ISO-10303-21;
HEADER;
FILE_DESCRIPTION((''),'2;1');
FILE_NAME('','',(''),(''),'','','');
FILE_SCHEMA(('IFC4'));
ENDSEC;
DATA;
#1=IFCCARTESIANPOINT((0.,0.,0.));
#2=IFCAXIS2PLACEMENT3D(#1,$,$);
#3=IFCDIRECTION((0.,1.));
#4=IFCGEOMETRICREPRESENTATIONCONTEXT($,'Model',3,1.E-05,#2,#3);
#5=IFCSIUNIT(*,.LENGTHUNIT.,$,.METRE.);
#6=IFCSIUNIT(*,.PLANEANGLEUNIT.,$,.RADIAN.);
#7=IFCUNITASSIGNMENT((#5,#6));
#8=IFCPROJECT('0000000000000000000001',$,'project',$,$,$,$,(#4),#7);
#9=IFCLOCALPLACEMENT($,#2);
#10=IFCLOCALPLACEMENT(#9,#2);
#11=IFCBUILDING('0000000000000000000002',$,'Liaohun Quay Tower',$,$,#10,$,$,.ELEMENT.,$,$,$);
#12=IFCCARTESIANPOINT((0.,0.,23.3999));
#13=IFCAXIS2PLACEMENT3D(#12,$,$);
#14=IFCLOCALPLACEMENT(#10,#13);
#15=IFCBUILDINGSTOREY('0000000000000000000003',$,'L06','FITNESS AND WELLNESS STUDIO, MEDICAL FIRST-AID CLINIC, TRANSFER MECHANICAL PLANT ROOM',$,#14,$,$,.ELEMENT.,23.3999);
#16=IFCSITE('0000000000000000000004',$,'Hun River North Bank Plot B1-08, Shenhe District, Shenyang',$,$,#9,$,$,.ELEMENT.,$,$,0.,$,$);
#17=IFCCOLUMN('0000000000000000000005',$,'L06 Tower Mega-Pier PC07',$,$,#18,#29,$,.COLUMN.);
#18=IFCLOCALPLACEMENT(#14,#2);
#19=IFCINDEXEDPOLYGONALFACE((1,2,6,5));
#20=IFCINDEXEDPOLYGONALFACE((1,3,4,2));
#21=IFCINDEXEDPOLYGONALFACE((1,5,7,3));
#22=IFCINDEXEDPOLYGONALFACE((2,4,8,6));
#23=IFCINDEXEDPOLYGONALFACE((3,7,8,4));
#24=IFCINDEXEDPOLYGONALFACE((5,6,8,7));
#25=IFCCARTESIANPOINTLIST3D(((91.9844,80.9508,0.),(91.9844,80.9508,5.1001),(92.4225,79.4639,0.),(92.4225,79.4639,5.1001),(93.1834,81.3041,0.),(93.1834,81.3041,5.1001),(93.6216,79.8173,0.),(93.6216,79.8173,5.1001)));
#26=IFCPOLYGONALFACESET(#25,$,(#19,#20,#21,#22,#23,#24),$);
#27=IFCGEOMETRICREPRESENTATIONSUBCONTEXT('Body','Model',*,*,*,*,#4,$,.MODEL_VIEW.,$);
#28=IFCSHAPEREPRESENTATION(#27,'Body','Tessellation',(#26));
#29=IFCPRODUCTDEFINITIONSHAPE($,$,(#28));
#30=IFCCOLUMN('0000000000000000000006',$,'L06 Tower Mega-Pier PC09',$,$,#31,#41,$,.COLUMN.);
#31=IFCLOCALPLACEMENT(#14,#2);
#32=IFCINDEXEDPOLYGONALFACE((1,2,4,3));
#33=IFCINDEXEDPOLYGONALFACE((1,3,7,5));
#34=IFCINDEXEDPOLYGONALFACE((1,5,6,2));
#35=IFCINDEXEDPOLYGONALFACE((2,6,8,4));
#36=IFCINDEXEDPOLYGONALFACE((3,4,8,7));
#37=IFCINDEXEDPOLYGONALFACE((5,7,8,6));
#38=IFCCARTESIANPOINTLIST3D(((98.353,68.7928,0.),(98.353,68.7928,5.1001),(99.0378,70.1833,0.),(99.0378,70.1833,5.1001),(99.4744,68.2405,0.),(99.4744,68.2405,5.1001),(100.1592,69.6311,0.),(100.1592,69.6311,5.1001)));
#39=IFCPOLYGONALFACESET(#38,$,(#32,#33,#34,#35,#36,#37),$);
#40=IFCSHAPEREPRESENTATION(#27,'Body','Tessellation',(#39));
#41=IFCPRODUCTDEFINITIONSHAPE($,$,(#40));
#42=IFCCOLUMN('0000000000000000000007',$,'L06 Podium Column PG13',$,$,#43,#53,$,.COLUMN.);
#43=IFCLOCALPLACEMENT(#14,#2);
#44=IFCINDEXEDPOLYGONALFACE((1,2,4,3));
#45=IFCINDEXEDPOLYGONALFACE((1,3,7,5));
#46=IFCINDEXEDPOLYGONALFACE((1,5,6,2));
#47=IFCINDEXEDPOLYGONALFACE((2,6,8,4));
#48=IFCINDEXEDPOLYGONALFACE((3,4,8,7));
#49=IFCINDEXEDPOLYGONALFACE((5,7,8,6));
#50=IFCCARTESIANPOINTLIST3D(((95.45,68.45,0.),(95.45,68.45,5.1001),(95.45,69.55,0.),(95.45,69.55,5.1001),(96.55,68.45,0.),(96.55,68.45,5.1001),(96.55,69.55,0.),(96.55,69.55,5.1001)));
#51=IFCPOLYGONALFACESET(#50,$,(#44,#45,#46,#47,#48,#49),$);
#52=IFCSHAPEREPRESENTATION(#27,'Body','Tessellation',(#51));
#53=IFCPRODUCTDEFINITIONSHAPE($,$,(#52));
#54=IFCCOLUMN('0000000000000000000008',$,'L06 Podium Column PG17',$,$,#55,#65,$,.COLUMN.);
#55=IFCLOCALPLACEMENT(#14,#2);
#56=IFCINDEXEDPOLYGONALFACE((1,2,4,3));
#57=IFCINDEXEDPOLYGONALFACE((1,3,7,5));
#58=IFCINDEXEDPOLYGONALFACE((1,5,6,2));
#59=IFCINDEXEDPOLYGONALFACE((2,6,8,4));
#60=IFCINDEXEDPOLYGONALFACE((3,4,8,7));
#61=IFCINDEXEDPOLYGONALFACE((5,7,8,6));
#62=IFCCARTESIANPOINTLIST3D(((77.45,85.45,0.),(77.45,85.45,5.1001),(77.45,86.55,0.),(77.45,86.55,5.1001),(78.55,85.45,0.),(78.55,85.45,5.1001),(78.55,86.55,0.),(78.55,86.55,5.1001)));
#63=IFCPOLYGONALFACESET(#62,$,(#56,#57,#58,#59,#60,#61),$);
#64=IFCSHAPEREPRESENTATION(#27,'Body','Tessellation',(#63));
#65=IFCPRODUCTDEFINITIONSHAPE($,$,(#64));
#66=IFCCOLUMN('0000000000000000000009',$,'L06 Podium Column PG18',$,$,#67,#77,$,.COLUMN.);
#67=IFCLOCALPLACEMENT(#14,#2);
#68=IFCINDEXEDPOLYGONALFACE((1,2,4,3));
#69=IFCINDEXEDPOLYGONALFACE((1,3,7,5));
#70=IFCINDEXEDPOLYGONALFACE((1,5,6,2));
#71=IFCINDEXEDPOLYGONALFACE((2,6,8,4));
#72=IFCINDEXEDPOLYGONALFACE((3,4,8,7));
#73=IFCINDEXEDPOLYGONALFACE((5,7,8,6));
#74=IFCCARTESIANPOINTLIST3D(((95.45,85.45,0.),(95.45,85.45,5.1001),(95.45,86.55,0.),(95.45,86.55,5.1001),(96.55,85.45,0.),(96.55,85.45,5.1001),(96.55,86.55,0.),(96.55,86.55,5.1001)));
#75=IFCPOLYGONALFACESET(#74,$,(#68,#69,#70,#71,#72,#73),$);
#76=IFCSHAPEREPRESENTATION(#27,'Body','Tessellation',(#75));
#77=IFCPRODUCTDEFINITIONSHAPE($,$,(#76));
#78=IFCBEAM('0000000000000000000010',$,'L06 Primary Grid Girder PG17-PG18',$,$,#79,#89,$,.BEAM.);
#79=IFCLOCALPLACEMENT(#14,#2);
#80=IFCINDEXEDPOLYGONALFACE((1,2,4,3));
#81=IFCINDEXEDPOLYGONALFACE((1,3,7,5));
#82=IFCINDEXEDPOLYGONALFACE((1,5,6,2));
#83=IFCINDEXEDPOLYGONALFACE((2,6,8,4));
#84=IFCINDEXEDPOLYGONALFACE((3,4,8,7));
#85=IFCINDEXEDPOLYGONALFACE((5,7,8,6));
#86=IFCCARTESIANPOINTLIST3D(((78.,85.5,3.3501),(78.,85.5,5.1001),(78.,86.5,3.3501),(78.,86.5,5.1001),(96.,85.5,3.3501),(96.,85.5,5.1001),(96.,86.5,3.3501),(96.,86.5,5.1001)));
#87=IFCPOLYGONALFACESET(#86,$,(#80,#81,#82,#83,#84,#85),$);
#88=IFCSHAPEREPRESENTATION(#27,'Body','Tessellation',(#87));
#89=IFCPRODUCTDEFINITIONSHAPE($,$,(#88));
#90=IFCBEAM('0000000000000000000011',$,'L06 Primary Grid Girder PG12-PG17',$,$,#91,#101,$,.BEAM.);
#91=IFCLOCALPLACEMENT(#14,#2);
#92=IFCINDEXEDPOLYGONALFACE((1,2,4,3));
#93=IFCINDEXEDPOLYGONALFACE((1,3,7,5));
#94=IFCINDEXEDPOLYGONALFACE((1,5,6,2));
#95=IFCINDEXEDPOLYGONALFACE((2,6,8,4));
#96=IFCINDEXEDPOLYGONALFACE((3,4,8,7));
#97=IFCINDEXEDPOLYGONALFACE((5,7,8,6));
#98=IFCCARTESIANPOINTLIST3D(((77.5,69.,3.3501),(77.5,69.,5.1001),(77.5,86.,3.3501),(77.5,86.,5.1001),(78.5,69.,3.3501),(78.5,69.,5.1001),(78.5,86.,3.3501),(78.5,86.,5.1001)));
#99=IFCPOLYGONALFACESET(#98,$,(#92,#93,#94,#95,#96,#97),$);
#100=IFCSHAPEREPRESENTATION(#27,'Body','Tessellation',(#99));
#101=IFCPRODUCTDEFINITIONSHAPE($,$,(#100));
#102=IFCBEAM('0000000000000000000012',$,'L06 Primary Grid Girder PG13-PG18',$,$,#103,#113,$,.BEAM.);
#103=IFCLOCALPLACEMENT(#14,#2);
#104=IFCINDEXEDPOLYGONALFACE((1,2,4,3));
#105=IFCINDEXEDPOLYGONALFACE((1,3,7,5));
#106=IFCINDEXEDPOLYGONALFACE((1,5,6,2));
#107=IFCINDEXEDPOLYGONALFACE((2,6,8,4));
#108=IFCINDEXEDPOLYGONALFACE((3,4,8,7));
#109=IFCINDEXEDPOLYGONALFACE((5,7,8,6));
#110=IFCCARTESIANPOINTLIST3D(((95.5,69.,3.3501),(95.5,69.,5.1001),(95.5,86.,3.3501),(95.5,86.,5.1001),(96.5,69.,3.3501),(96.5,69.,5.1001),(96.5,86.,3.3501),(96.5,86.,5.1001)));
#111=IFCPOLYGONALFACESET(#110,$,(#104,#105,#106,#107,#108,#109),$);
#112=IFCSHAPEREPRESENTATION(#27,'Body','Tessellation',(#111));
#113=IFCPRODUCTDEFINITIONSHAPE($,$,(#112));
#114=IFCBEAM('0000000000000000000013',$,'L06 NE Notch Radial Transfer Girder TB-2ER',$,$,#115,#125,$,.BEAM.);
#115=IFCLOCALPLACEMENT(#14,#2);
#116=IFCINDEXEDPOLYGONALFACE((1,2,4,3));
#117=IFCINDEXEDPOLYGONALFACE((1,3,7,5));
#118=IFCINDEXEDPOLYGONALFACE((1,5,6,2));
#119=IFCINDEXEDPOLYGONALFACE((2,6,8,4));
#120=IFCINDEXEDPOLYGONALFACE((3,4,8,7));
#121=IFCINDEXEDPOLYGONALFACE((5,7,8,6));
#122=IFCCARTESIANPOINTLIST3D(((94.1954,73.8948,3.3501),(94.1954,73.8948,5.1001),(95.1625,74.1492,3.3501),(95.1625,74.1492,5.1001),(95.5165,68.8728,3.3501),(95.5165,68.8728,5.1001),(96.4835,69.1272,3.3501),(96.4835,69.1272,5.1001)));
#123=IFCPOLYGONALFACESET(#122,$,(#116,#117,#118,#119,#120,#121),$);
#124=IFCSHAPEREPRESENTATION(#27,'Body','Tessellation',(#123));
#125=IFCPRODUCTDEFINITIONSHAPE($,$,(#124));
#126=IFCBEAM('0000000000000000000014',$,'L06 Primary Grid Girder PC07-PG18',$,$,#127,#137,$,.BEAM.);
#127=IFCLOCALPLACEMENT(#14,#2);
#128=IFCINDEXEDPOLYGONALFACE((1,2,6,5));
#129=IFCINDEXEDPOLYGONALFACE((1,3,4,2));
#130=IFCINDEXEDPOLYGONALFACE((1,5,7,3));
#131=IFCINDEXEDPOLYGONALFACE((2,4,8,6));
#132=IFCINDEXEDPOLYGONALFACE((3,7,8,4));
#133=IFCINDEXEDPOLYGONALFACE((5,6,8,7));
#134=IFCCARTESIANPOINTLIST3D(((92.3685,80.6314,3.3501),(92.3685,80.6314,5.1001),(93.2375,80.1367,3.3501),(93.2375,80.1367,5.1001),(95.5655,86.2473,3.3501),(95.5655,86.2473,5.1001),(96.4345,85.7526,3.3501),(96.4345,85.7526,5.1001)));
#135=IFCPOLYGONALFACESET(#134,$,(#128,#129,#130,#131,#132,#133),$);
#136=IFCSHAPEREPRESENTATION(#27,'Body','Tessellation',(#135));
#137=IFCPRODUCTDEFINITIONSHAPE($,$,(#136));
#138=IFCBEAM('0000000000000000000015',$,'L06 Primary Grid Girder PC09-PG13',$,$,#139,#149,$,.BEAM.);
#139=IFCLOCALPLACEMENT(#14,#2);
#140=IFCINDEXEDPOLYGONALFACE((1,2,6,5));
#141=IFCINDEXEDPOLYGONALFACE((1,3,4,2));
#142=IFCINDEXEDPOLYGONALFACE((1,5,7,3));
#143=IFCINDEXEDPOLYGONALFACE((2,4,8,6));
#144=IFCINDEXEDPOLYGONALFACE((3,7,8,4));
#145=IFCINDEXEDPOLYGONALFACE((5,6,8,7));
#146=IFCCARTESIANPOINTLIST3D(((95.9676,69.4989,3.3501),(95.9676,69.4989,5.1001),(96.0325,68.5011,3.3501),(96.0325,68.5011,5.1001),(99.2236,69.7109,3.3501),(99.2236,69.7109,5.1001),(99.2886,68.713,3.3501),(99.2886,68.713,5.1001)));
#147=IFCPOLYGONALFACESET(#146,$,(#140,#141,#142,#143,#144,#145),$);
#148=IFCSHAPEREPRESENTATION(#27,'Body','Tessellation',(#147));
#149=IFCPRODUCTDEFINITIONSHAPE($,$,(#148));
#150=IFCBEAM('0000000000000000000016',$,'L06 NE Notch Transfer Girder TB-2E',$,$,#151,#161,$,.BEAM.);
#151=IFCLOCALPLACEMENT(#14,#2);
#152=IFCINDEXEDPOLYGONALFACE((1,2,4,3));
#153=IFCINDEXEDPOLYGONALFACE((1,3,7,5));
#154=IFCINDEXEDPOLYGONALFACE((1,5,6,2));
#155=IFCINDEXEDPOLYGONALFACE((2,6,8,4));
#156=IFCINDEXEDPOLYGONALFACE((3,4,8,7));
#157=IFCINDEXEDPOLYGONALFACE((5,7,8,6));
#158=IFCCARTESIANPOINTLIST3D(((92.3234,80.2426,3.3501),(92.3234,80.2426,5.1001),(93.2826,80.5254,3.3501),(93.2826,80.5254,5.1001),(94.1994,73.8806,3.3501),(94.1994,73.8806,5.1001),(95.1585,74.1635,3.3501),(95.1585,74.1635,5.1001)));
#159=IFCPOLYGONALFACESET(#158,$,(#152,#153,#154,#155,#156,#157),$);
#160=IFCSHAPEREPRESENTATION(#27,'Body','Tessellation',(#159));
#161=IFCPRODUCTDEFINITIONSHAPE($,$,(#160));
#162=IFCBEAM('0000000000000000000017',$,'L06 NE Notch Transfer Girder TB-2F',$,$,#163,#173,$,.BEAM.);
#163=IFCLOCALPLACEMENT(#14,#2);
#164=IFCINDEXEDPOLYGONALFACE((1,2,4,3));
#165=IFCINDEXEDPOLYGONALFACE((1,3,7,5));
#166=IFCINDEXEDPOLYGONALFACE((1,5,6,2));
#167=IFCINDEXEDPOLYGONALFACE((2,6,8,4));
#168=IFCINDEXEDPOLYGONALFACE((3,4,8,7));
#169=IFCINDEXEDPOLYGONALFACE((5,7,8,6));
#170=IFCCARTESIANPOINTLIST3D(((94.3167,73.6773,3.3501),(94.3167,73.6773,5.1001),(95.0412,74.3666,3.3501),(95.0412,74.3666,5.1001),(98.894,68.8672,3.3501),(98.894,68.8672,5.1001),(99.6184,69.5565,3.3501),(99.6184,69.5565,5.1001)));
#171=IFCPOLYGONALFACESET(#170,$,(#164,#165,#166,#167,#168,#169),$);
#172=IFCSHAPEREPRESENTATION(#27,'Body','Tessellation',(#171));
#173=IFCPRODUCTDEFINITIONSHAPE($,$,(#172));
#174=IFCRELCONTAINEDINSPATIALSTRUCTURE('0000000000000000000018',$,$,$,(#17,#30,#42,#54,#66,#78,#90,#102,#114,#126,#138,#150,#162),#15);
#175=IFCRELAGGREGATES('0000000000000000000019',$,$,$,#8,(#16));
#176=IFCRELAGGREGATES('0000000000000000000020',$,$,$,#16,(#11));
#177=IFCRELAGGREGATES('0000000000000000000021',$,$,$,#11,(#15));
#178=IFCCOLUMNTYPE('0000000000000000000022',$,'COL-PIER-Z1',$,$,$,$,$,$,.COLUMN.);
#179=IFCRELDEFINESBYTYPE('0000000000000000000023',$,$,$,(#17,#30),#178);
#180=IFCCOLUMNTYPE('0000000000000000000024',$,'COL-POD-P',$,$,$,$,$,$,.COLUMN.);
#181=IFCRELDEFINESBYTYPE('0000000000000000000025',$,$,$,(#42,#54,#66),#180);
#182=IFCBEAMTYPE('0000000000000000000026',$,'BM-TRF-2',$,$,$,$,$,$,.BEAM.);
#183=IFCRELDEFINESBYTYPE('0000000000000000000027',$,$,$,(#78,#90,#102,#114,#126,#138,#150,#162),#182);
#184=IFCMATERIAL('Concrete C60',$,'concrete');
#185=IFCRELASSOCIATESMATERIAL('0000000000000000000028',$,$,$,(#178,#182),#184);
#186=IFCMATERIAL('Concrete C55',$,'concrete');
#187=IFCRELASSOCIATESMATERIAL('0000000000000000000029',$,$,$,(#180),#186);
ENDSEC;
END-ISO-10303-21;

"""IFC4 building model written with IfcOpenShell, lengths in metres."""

from ifc_helpers import new_model, si_unit, direction, frame, origin, origin_2d, place, context, subcontext, project, spatial, rectangle, extrude, source, transform, mapped, material, material_profile, profile_set, type_object, element, save


model = new_model("IFC4")

# Units and contexts
model_context = context("Model", 3, precision=1e-05, world=origin(), true_north=direction((0.0, 1.0)))
body_context = subcontext(model_context, "Body", "Model", "MODEL_VIEW")
ifc_project = project(units=[si_unit("LENGTHUNIT", "METRE"), si_unit("PLANEANGLEUNIT", "RADIAN")], contexts=[model_context])

# Site, building, storey
site_placement = place(None, origin())
site = spatial("IfcSite", under=ifc_project, at=site_placement, Name="Hun River North Bank Plot B1-08, Shenhe District, Shenyang", CompositionType="ELEMENT", RefElevation=0.0)
building_placement = place(site_placement, origin())
building = spatial("IfcBuilding", under=site, at=building_placement, Name="Liaohun Quay Tower", CompositionType="ELEMENT")
storey_placement = place(building_placement, frame((0.0, 0.0, 23.3999)))
storey = spatial("IfcBuildingStorey", under=building, at=storey_placement, Name="L06", Description="FITNESS AND WELLNESS STUDIO, MEDICAL FIRST-AID CLINIC, TRANSFER MECHANICAL PLANT ROOM", CompositionType="ELEMENT", Elevation=23.3999)

# Columns
ifc_material_1 = material(Name="Concrete C60", Category="concrete")
ifc_material_profile_1 = material_profile(ifc_material_1, rectangle(XDim=1.55, YDim=1.25, at=origin_2d()), Name="RC1550x1250")
ifc_profile_set_1 = profile_set([ifc_material_profile_1], Name="Concrete C60")
column_type_1 = type_object("IfcColumnType", Name="COL-PIER-Z1", PredefinedType="COLUMN", material=ifc_profile_set_1)
shared_shape_1 = source(origin(), body_context, "Body", "SweptSolid", [
    extrude(rectangle(XDim=1.55, YDim=1.25, at=origin_2d()), origin(), (0.0, 0.0, 1.0), 5.1001),
])
for number, where, z_axis, x_axis, name in (
    (1, (92.803, 80.384, 0.0), (0.0, 0.0, 1.0), (-0.282676, 0.959215, 0.0), "L06 Tower Mega-Pier PC07"),
    (2, (99.2561, 69.2119, 0.0), (0.0, 0.0, 1.0), (0.441819, 0.897104, 0.0), "L06 Tower Mega-Pier PC09"),
):
    element("IfcColumn", number, at=place(storey_placement, frame(where, z_axis=z_axis, x_axis=x_axis)), inside=storey, type_object=column_type_1, Name=name, PredefinedType="COLUMN", context=body_context, shape_type="MappedRepresentation", body=[
        mapped(shared_shape_1, transform((0.0, 0.0, 0.0), x_axis=(1.0, 0.0, 0.0), y_axis=(0.0, 1.0, 0.0), z_axis=(0.0, 0.0, 1.0), scale=1.0)),
    ])
ifc_material_2 = material(Name="Concrete C55", Category="concrete")
ifc_material_profile_2 = material_profile(ifc_material_2, rectangle(XDim=1.1001, YDim=1.1001, at=origin_2d()), Name="RC1100x1100")
ifc_profile_set_2 = profile_set([ifc_material_profile_2], Name="Concrete C55")
column_type_2 = type_object("IfcColumnType", Name="COL-POD-P", PredefinedType="COLUMN", material=ifc_profile_set_2)
shared_shape_2 = source(origin(), body_context, "Body", "SweptSolid", [
    extrude(rectangle(XDim=1.1001, YDim=1.1001, at=origin_2d()), origin(), (0.0, 0.0, 1.0), 5.1001),
])
for number, where, z_axis, x_axis, name in (
    (3, (96.0, 69.0, 0.0), (0.0, 0.0, 1.0), (1.0, 0.0, 0.0), "L06 Podium Column PG13"),
    (4, (78.0, 86.0, 0.0), (0.0, 0.0, 1.0), (1.0, 0.0, 0.0), "L06 Podium Column PG17"),
    (5, (96.0, 86.0, 0.0), (0.0, 0.0, 1.0), (1.0, 0.0, 0.0), "L06 Podium Column PG18"),
):
    element("IfcColumn", number, at=place(storey_placement, frame(where, z_axis=z_axis, x_axis=x_axis)), inside=storey, type_object=column_type_2, Name=name, PredefinedType="COLUMN", context=body_context, shape_type="MappedRepresentation", body=[
        mapped(shared_shape_2, transform((0.0, 0.0, 0.0), x_axis=(1.0, 0.0, 0.0), y_axis=(0.0, 1.0, 0.0), z_axis=(0.0, 0.0, 1.0), scale=1.0)),
    ])

# Beams
ifc_material_profile_3 = material_profile(ifc_material_1, rectangle(XDim=1.0, YDim=1.75, at=origin_2d()), Name="RC1000x1750")
ifc_profile_set_3 = profile_set([ifc_material_profile_3], Name="Concrete C60")
beam_type_1 = type_object("IfcBeamType", Name="BM-TRF-2", PredefinedType="BEAM", material=ifc_profile_set_3)
shared_shape_3 = source(origin(), body_context, "Body", "SweptSolid", [
    extrude(rectangle(XDim=1.0, YDim=1.75, at=origin_2d()), origin(), (0.0, 0.0, 1.0), 18.0),
])
beam_1_placement = place(storey_placement, frame((78.0, 86.0, 4.2251), z_axis=(1.0, 0.0, 0.0), x_axis=(0.0, 1.0, 0.0)))
element("IfcBeam", 6, at=beam_1_placement, inside=storey, type_object=beam_type_1, Name="L06 Primary Grid Girder PG17-PG18", PredefinedType="BEAM", context=body_context, shape_type="MappedRepresentation", body=[
    mapped(shared_shape_3, transform((0.0, 0.0, 0.0), x_axis=(1.0, 0.0, 0.0), y_axis=(0.0, 1.0, 0.0), z_axis=(0.0, 0.0, 1.0), scale=1.0)),
])
shared_shape_4 = source(origin(), body_context, "Body", "SweptSolid", [
    extrude(rectangle(XDim=1.0, YDim=1.75, at=origin_2d()), origin(), (0.0, 0.0, 1.0), 17.0),
])
for number, where, z_axis, x_axis, name in (
    (7, (78.0, 69.0, 4.2251), (0.0, 1.0, 0.0), (-1.0, 0.0, 0.0), "L06 Primary Grid Girder PG12-PG17"),
    (8, (96.0, 69.0, 4.2251), (0.0, 1.0, 0.0), (-1.0, 0.0, 0.0), "L06 Primary Grid Girder PG13-PG18"),
):
    element("IfcBeam", number, at=place(storey_placement, frame(where, z_axis=z_axis, x_axis=x_axis)), inside=storey, type_object=beam_type_1, Name=name, PredefinedType="BEAM", context=body_context, shape_type="MappedRepresentation", body=[
        mapped(shared_shape_4, transform((0.0, 0.0, 0.0), x_axis=(1.0, 0.0, 0.0), y_axis=(0.0, 1.0, 0.0), z_axis=(0.0, 0.0, 1.0), scale=1.0)),
    ])
shared_shape_5 = source(origin(), body_context, "Body", "SweptSolid", [
    extrude(rectangle(XDim=1.0, YDim=1.75, at=origin_2d()), origin(), (0.0, 0.0, 1.0), 5.1929),
])
beam_2_placement = place(storey_placement, frame((96.0, 69.0, 4.2251), z_axis=(-0.254398, 0.9671, 0.0), x_axis=(-0.9671, -0.254398, 0.0)))
element("IfcBeam", 9, at=beam_2_placement, inside=storey, type_object=beam_type_1, Name="L06 NE Notch Radial Transfer Girder TB-2ER", PredefinedType="BEAM", context=body_context, shape_type="MappedRepresentation", body=[
    mapped(shared_shape_5, transform((0.0, 0.0, 0.0), x_axis=(1.0, 0.0, 0.0), y_axis=(0.0, 1.0, 0.0), z_axis=(0.0, 0.0, 1.0), scale=1.0)),
])
shared_shape_6 = source(origin(), body_context, "Body", "SweptSolid", [
    extrude(rectangle(XDim=1.0, YDim=1.75, at=origin_2d()), origin(), (0.0, 0.0, 1.0), 6.4622),
])
beam_3_placement = place(storey_placement, frame((92.803, 80.384, 4.2251), z_axis=(0.494726, 0.869049, 0.0), x_axis=(-0.869049, 0.494726, 0.0)))
element("IfcBeam", 10, at=beam_3_placement, inside=storey, type_object=beam_type_1, Name="L06 Primary Grid Girder PC07-PG18", PredefinedType="BEAM", context=body_context, shape_type="MappedRepresentation", body=[
    mapped(shared_shape_6, transform((0.0, 0.0, 0.0), x_axis=(1.0, 0.0, 0.0), y_axis=(0.0, 1.0, 0.0), z_axis=(0.0, 0.0, 1.0), scale=1.0)),
])
shared_shape_7 = source(origin(), body_context, "Body", "SweptSolid", [
    extrude(rectangle(XDim=1.0, YDim=1.75, at=origin_2d()), origin(), (0.0, 0.0, 1.0), 3.2629),
])
beam_4_placement = place(storey_placement, frame((99.2561, 69.2119, 4.2251), z_axis=(-0.997889, -0.064945, 0.0), x_axis=(0.064945, -0.997889, 0.0)))
element("IfcBeam", 11, at=beam_4_placement, inside=storey, type_object=beam_type_1, Name="L06 Primary Grid Girder PC09-PG13", PredefinedType="BEAM", context=body_context, shape_type="MappedRepresentation", body=[
    mapped(shared_shape_7, transform((0.0, 0.0, 0.0), x_axis=(1.0, 0.0, 0.0), y_axis=(0.0, 1.0, 0.0), z_axis=(0.0, 0.0, 1.0), scale=1.0)),
])
shared_shape_8 = source(origin(), body_context, "Body", "SweptSolid", [
    extrude(rectangle(XDim=1.0, YDim=1.75, at=origin_2d()), origin(), (0.0, 0.0, 1.0), 6.6328),
])
beam_5_placement = place(storey_placement, frame((92.803, 80.384, 4.2251), z_axis=(0.28283, -0.95917, 0.0), x_axis=(0.95917, 0.28283, 0.0)))
element("IfcBeam", 12, at=beam_5_placement, inside=storey, type_object=beam_type_1, Name="L06 NE Notch Transfer Girder TB-2E", PredefinedType="BEAM", context=body_context, shape_type="MappedRepresentation", body=[
    mapped(shared_shape_8, transform((0.0, 0.0, 0.0), x_axis=(1.0, 0.0, 0.0), y_axis=(0.0, 1.0, 0.0), z_axis=(0.0, 0.0, 1.0), scale=1.0)),
])
shared_shape_9 = source(origin(), body_context, "Body", "SweptSolid", [
    extrude(rectangle(XDim=1.0, YDim=1.75, at=origin_2d()), origin(), (0.0, 0.0, 1.0), 6.6399),
])
beam_6_placement = place(storey_placement, frame((94.679, 74.022, 4.2251), z_axis=(0.68935, -0.724428, 0.0), x_axis=(0.724428, 0.68935, 0.0)))
element("IfcBeam", 13, at=beam_6_placement, inside=storey, type_object=beam_type_1, Name="L06 NE Notch Transfer Girder TB-2F", PredefinedType="BEAM", context=body_context, shape_type="MappedRepresentation", body=[
    mapped(shared_shape_9, transform((0.0, 0.0, 0.0), x_axis=(1.0, 0.0, 0.0), y_axis=(0.0, 1.0, 0.0), z_axis=(0.0, 0.0, 1.0), scale=1.0)),
])

save(model, "model.ifc")
